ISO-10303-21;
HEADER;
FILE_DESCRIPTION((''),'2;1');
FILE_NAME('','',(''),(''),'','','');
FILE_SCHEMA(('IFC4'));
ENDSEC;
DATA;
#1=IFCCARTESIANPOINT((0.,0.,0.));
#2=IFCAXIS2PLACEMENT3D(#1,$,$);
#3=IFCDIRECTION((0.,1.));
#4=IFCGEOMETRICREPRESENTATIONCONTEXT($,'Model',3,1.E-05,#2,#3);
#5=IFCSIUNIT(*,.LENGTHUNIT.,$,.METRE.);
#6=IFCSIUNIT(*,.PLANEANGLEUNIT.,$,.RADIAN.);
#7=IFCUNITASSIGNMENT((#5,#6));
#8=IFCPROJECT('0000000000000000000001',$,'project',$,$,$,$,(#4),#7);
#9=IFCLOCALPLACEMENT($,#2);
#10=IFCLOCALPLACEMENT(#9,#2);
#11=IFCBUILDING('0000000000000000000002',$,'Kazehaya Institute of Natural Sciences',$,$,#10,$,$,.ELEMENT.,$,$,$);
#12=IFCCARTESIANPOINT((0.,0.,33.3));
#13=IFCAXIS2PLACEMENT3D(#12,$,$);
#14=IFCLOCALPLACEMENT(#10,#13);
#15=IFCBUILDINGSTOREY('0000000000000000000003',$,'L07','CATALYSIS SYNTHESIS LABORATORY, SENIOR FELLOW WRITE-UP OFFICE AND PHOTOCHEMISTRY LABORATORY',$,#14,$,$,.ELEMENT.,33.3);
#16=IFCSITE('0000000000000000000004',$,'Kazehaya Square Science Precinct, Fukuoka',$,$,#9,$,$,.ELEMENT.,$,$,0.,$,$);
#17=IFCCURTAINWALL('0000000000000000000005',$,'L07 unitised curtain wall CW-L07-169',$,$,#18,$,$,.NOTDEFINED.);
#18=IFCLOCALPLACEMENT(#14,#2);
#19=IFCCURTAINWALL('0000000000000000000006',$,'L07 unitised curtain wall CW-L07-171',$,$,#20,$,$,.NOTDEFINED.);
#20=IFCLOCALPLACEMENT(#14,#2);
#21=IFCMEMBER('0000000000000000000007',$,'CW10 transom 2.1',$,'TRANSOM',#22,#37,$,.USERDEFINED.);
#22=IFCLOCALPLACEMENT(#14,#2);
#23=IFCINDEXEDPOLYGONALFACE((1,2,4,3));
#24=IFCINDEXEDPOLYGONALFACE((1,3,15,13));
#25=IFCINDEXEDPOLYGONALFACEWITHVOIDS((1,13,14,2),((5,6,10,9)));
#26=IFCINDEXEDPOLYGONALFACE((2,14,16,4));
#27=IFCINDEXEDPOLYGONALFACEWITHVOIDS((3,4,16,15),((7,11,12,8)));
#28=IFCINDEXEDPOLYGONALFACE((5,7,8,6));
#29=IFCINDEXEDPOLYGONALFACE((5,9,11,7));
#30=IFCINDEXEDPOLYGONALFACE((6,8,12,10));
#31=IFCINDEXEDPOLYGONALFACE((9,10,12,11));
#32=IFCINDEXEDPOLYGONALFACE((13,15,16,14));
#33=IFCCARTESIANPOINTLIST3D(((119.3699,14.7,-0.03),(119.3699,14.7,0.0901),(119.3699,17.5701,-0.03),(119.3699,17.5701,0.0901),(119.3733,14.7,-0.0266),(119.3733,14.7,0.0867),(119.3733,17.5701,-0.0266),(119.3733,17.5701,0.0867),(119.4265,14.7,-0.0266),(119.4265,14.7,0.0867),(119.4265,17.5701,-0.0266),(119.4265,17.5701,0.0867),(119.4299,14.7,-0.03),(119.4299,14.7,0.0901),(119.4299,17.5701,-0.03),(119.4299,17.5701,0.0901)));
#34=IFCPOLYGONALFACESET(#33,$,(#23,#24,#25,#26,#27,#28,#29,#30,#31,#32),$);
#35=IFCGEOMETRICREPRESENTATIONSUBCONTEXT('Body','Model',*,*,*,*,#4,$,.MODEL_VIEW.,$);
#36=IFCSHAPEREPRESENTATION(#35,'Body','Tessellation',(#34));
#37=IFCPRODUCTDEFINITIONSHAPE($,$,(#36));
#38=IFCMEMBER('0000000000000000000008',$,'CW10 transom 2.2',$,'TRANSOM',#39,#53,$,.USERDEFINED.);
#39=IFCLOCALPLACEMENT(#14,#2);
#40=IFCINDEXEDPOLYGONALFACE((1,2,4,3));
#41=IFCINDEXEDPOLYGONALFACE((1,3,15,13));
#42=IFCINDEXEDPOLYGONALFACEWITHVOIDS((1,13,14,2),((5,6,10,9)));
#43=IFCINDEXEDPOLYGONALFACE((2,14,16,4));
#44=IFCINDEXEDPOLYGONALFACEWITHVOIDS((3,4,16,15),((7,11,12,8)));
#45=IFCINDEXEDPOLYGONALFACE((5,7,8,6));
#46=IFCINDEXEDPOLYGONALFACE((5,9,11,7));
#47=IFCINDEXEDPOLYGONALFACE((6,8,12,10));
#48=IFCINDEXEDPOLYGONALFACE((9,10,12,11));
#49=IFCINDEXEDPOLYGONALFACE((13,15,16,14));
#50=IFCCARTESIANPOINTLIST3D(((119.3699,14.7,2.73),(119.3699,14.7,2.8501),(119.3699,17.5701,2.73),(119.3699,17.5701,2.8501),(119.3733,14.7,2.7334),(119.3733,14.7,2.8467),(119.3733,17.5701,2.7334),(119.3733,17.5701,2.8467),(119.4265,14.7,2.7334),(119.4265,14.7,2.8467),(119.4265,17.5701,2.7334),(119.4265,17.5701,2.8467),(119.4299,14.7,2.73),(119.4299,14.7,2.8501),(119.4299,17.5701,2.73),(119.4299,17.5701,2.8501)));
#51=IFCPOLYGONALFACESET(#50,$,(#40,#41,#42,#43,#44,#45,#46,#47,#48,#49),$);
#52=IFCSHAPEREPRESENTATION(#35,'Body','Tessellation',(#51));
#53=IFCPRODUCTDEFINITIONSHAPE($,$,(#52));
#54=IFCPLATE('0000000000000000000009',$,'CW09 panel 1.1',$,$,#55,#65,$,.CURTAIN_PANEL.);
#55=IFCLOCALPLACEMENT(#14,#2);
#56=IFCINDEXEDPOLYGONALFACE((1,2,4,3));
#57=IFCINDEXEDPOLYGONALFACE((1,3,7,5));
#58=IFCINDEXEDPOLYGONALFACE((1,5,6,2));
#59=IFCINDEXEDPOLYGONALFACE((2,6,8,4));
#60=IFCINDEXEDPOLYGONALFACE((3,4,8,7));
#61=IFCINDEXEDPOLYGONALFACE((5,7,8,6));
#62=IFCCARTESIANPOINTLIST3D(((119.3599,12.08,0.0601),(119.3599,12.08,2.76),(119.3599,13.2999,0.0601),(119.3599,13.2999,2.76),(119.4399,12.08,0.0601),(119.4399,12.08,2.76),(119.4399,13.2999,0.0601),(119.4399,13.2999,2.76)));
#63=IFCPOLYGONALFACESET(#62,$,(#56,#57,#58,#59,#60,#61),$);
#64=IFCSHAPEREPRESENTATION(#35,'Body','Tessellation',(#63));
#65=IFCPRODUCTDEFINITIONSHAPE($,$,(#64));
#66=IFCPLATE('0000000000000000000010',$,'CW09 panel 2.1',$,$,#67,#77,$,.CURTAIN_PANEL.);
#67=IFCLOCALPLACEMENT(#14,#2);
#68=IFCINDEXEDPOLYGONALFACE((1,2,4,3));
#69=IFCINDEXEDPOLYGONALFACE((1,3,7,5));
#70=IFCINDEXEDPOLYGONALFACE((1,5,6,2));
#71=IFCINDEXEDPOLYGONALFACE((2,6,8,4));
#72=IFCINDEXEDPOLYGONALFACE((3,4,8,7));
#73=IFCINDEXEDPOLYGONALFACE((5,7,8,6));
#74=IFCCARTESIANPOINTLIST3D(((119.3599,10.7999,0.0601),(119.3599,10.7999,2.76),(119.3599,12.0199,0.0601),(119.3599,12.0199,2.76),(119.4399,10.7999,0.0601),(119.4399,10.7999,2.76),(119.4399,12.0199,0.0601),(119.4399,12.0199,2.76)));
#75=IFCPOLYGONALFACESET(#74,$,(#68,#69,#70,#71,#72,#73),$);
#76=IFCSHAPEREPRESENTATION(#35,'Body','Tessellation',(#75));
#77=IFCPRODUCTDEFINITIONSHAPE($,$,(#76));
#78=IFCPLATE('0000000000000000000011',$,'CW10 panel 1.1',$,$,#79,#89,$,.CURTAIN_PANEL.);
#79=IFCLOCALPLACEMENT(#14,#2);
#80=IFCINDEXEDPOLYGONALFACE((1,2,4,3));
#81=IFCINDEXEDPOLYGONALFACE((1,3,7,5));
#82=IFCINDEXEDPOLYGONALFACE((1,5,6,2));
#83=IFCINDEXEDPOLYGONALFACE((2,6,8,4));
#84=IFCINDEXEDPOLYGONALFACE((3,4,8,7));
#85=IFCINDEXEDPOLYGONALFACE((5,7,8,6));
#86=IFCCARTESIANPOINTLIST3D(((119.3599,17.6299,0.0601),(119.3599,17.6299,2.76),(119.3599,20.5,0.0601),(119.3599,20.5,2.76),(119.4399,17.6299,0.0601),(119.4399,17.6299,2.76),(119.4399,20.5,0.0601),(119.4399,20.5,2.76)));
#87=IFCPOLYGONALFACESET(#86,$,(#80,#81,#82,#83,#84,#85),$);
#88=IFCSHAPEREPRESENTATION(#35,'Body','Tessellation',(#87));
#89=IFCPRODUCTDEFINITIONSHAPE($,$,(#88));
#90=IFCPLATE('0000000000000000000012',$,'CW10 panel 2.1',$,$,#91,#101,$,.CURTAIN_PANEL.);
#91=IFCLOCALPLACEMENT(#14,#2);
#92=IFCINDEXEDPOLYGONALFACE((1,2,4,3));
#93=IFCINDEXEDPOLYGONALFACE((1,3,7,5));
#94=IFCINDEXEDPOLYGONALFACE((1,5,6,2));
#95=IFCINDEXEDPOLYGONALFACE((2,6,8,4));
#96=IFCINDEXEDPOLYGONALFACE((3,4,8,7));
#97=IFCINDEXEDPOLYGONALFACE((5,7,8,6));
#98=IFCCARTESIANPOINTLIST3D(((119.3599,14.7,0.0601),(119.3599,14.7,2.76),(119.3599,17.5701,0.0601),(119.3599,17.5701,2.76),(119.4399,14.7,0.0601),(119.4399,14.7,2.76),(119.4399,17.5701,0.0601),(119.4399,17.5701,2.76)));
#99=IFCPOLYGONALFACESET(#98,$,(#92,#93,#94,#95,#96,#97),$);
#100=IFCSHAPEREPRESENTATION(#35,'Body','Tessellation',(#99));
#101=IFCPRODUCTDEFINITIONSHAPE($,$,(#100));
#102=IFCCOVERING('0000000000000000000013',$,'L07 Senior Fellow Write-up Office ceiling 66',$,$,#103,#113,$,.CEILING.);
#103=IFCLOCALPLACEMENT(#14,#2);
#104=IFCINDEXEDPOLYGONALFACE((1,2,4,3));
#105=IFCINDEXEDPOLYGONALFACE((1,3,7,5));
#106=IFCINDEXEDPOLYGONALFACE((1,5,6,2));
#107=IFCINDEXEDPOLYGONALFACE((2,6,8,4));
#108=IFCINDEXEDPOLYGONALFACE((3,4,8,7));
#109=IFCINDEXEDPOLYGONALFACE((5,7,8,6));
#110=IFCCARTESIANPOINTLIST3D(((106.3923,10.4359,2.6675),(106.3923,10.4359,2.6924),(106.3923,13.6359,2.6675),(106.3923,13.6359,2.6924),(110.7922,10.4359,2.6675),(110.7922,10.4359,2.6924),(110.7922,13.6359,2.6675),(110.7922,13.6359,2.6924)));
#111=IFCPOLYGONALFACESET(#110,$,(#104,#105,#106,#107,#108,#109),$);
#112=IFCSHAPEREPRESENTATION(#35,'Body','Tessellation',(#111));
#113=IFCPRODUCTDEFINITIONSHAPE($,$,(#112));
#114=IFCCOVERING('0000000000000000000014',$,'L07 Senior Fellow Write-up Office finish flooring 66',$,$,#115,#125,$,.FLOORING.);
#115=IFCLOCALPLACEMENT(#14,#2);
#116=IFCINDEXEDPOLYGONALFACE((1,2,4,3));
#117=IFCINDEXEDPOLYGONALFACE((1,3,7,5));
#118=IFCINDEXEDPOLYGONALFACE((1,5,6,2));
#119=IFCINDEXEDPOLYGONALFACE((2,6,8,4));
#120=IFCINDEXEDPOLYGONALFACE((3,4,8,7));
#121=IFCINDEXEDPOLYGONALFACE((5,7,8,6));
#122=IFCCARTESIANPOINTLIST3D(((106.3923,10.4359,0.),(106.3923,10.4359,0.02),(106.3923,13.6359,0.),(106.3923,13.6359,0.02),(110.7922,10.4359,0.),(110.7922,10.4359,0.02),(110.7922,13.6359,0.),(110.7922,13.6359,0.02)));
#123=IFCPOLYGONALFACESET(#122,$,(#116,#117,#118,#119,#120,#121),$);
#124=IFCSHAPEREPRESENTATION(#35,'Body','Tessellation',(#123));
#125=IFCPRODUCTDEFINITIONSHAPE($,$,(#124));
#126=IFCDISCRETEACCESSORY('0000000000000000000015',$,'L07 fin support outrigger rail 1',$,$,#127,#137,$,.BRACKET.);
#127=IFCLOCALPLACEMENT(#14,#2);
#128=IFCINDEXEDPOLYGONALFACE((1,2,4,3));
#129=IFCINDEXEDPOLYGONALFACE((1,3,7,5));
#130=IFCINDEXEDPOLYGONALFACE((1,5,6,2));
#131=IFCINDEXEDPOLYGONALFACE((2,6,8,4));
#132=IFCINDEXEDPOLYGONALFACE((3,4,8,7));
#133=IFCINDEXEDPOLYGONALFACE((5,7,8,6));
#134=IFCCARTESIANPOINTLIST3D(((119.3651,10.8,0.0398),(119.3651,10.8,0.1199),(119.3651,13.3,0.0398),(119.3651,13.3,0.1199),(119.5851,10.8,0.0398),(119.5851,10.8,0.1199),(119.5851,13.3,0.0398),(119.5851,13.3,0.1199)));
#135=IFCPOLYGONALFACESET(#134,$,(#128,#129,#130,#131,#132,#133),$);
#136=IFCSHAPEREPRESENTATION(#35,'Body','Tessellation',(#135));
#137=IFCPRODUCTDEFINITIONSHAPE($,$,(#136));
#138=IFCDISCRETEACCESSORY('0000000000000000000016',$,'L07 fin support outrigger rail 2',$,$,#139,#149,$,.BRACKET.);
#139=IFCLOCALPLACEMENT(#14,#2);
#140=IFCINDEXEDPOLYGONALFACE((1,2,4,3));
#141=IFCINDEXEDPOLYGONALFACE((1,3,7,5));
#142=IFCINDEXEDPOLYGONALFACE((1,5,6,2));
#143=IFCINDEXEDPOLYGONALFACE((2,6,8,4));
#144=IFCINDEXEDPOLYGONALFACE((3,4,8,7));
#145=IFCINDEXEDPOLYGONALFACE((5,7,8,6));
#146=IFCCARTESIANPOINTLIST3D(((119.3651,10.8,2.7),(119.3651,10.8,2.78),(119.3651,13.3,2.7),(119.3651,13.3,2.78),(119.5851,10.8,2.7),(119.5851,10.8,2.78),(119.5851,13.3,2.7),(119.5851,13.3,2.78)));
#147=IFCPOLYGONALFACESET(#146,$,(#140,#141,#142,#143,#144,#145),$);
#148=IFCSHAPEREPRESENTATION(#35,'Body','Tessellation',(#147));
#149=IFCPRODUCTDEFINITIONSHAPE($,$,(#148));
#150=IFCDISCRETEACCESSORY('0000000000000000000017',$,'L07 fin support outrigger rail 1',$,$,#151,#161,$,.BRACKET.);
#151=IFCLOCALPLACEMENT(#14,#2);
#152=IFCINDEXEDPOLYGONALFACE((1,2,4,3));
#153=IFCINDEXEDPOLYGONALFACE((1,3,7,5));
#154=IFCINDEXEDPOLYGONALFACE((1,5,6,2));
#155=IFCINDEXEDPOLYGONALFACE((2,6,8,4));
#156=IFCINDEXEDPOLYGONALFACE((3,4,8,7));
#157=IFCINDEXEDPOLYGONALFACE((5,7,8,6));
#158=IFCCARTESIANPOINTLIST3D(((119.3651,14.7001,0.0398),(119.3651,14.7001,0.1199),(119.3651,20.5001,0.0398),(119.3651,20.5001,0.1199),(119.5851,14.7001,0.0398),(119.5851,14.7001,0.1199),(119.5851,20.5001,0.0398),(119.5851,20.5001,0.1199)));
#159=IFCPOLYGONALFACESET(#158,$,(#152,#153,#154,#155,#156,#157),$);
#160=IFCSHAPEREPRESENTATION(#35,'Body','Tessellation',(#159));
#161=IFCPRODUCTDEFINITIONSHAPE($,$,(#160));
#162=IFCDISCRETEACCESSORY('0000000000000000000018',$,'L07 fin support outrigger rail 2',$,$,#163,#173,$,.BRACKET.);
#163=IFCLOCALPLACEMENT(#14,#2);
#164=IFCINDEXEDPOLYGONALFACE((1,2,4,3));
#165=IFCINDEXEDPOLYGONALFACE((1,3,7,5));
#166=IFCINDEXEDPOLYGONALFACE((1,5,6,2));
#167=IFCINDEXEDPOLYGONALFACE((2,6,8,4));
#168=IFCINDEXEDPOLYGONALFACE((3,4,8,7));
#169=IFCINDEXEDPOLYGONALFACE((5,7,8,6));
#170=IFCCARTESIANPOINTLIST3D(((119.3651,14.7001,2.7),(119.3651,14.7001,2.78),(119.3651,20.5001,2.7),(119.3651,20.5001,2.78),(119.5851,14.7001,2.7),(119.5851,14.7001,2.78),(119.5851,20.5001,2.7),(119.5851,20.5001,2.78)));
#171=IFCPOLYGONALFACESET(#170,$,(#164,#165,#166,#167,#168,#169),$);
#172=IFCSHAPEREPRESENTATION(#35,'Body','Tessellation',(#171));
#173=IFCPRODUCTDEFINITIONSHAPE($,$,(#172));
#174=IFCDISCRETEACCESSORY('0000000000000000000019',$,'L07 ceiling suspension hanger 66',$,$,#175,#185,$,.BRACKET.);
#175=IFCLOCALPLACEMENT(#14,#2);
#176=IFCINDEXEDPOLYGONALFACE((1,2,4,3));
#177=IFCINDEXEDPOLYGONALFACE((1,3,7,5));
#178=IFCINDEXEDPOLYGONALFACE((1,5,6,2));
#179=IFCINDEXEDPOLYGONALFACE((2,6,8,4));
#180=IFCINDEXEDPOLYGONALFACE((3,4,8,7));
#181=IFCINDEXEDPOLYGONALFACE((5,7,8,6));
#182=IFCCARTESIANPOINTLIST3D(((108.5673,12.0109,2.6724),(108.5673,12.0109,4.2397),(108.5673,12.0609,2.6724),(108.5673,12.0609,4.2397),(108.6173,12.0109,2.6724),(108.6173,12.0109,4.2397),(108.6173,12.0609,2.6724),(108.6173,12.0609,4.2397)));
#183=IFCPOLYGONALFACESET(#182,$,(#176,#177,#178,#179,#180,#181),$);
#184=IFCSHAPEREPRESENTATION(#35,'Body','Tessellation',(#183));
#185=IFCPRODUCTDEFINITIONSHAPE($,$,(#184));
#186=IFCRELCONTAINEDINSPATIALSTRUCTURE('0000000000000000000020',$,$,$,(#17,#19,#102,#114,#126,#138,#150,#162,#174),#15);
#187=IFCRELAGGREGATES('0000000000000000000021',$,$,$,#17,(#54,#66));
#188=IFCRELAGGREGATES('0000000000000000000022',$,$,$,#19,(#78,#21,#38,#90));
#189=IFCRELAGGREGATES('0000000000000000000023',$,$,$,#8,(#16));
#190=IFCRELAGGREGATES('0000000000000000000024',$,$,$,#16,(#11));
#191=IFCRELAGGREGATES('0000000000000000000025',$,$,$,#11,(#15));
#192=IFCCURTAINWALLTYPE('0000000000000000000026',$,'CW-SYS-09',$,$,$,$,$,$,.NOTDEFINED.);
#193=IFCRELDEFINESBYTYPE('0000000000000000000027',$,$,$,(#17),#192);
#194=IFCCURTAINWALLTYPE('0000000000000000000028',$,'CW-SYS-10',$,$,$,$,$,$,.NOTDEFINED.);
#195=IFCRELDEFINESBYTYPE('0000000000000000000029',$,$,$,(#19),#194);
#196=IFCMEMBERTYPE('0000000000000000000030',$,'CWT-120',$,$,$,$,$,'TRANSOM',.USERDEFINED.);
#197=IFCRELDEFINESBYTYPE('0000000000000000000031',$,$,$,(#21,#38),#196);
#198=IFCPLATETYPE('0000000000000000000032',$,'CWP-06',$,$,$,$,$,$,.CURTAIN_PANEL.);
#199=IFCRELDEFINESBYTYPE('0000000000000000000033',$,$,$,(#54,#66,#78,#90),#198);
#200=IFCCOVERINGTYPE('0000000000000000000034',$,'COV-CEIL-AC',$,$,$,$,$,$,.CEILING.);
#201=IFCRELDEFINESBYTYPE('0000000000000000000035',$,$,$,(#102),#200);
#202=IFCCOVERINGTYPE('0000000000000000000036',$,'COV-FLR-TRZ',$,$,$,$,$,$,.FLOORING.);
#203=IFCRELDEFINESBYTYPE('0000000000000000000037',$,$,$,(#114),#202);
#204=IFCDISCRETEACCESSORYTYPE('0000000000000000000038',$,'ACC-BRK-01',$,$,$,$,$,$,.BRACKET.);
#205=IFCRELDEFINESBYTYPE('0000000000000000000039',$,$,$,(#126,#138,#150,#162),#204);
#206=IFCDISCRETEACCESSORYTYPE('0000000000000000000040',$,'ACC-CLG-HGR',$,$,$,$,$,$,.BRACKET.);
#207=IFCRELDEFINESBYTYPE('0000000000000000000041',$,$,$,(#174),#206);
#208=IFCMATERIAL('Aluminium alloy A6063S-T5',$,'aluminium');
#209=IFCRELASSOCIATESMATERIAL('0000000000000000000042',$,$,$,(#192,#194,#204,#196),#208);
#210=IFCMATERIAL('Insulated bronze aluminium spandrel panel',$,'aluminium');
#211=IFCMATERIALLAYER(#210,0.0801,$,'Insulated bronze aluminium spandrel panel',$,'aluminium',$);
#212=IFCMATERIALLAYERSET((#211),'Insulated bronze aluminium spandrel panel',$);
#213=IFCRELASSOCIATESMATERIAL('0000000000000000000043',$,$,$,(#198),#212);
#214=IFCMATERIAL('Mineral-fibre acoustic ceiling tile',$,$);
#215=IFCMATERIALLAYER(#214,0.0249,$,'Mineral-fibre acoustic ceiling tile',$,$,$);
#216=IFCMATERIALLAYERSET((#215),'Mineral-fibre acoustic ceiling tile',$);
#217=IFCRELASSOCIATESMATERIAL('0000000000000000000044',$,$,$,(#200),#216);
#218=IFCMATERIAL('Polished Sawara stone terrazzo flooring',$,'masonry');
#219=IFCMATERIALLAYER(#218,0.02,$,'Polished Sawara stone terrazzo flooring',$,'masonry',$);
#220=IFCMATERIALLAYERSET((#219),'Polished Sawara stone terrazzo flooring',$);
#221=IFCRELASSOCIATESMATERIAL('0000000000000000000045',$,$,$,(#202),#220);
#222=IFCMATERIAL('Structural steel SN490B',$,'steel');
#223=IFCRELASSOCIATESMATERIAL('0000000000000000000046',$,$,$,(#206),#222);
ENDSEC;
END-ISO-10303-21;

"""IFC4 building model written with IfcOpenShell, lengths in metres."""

from ifc_helpers import new_model, si_unit, direction, frame, origin, origin_2d, place, context, subcontext, project, spatial, rectangle, hollow_rectangle, extrude, material, layer, layer_set, material_profile, profile_set, type_object, element, aggregate, save


model = new_model("IFC4")

# Units and contexts
model_context = context("Model", 3, precision=1e-05, world=origin(), true_north=direction((0.0, 1.0)))
body_context = subcontext(model_context, "Body", "Model", "MODEL_VIEW")
ifc_project = project(units=[si_unit("LENGTHUNIT", "METRE"), si_unit("PLANEANGLEUNIT", "RADIAN")], contexts=[model_context])

# Site, building, storey
site_placement = place(None, origin())
site = spatial("IfcSite", under=ifc_project, at=site_placement, Name="Kazehaya Square Science Precinct, Fukuoka", CompositionType="ELEMENT", RefElevation=0.0)
building_placement = place(site_placement, origin())
building = spatial("IfcBuilding", under=site, at=building_placement, Name="Kazehaya Institute of Natural Sciences", CompositionType="ELEMENT")
storey_placement = place(building_placement, frame((0.0, 0.0, 33.3)))
storey = spatial("IfcBuildingStorey", under=building, at=storey_placement, Name="L07", Description="CATALYSIS SYNTHESIS LABORATORY, SENIOR FELLOW WRITE-UP OFFICE AND PHOTOCHEMISTRY LABORATORY", CompositionType="ELEMENT", Elevation=33.3)

# Curtain walls
ifc_material_1 = material(Name="Aluminium alloy A6063S-T5", Category="aluminium")
curtain_wall_type_1 = type_object("IfcCurtainWallType", Name="CW-SYS-09", PredefinedType="NOTDEFINED", material=ifc_material_1)
curtain_wall_1_placement = place(storey_placement, origin())
curtain_wall_1 = element("IfcCurtainWall", 1, at=curtain_wall_1_placement, inside=storey, type_object=curtain_wall_type_1, Name="L07 unitised curtain wall CW-L07-169", PredefinedType="NOTDEFINED")
curtain_wall_type_2 = type_object("IfcCurtainWallType", Name="CW-SYS-10", PredefinedType="NOTDEFINED", material=ifc_material_1)
curtain_wall_2_placement = place(storey_placement, origin())
curtain_wall_2 = element("IfcCurtainWall", 2, at=curtain_wall_2_placement, inside=storey, type_object=curtain_wall_type_2, Name="L07 unitised curtain wall CW-L07-171", PredefinedType="NOTDEFINED")

# Members
ifc_material_profile_1 = material_profile(ifc_material_1, hollow_rectangle(XDim=0.0601, YDim=0.1201, WallThickness=0.0034, at=origin_2d()), Name="ALU-60x120x3.5")
ifc_profile_set_1 = profile_set([ifc_material_profile_1], Name="Aluminium alloy A6063S-T5")
member_type_1 = type_object("IfcMemberType", Name="CWT-120", ElementType="TRANSOM", PredefinedType="USERDEFINED", material=ifc_profile_set_1)
member_1_placement = place(storey_placement, frame((119.3999, 17.5701, 0.03), z_axis=(0.0, -1.0, 0.0), x_axis=(1.0, 0.0, 0.0)))
member_1 = element("IfcMember", 3, at=member_1_placement, type_object=member_type_1, Name="CW10 transom 2.1", ObjectType="TRANSOM", PredefinedType="USERDEFINED", context=body_context, shape_type="SweptSolid", body=[
    extrude(hollow_rectangle(XDim=0.0601, YDim=0.1201, WallThickness=0.0034, at=origin_2d()), origin(), (0.0, 0.0, 1.0), 2.8701),
])
member_2_placement = place(storey_placement, frame((119.3999, 17.5701, 2.79), z_axis=(0.0, -1.0, 0.0), x_axis=(1.0, 0.0, 0.0)))
member_2 = element("IfcMember", 4, at=member_2_placement, type_object=member_type_1, Name="CW10 transom 2.2", ObjectType="TRANSOM", PredefinedType="USERDEFINED", context=body_context, shape_type="SweptSolid", body=[
    extrude(hollow_rectangle(XDim=0.0601, YDim=0.1201, WallThickness=0.0034, at=origin_2d()), origin(), (0.0, 0.0, 1.0), 2.8701),
])

# Plates
ifc_material_2 = material(Name="Insulated bronze aluminium spandrel panel", Category="aluminium")
ifc_layer_1 = layer(ifc_material_2, 0.0801, Name="Insulated bronze aluminium spandrel panel", Category="aluminium")
ifc_layer_set_1 = layer_set([ifc_layer_1], Name="Insulated bronze aluminium spandrel panel")
plate_type = type_object("IfcPlateType", Name="CWP-06", PredefinedType="CURTAIN_PANEL", material=ifc_layer_set_1)
plate_1_placement = place(storey_placement, frame((119.3999, 12.6899, 0.0601), z_axis=(0.0, 0.0, 1.0), x_axis=(0.0, -1.0, 0.0)))
plate_1 = element("IfcPlate", 5, at=plate_1_placement, type_object=plate_type, Name="CW09 panel 1.1", PredefinedType="CURTAIN_PANEL", context=body_context, shape_type="SweptSolid", body=[
    extrude(rectangle(XDim=1.22, YDim=0.0801, at=origin_2d()), origin(), (0.0, 0.0, 1.0), 2.7),
])
plate_2_placement = place(storey_placement, frame((119.3999, 11.4099, 0.0601), z_axis=(0.0, 0.0, 1.0), x_axis=(0.0, -1.0, 0.0)))
plate_2 = element("IfcPlate", 6, at=plate_2_placement, type_object=plate_type, Name="CW09 panel 2.1", PredefinedType="CURTAIN_PANEL", context=body_context, shape_type="SweptSolid", body=[
    extrude(rectangle(XDim=1.22, YDim=0.0801, at=origin_2d()), origin(), (0.0, 0.0, 1.0), 2.7),
])
aggregate(curtain_wall_1, [plate_1, plate_2])
plate_3_placement = place(storey_placement, frame((119.3999, 19.0649, 0.0601), z_axis=(0.0, 0.0, 1.0), x_axis=(0.0, -1.0, 0.0)))
plate_3 = element("IfcPlate", 7, at=plate_3_placement, type_object=plate_type, Name="CW10 panel 1.1", PredefinedType="CURTAIN_PANEL", context=body_context, shape_type="SweptSolid", body=[
    extrude(rectangle(XDim=2.8701, YDim=0.0801, at=origin_2d()), origin(), (0.0, 0.0, 1.0), 2.7),
])
plate_4_placement = place(storey_placement, frame((119.3999, 16.135, 0.0601), z_axis=(0.0, 0.0, 1.0), x_axis=(0.0, -1.0, 0.0)))
plate_4 = element("IfcPlate", 8, at=plate_4_placement, type_object=plate_type, Name="CW10 panel 2.1", PredefinedType="CURTAIN_PANEL", context=body_context, shape_type="SweptSolid", body=[
    extrude(rectangle(XDim=2.8701, YDim=0.0801, at=origin_2d()), origin(), (0.0, 0.0, 1.0), 2.7),
])
aggregate(curtain_wall_2, [plate_3, member_1, member_2, plate_4])

# Coverings
ifc_material_3 = material(Name="Mineral-fibre acoustic ceiling tile")
ifc_layer_2 = layer(ifc_material_3, 0.0249, Name="Mineral-fibre acoustic ceiling tile")
ifc_layer_set_2 = layer_set([ifc_layer_2], Name="Mineral-fibre acoustic ceiling tile")
covering_type_1 = type_object("IfcCoveringType", Name="COV-CEIL-AC", PredefinedType="CEILING", material=ifc_layer_set_2)
covering_1_placement = place(storey_placement, frame((108.5923, 12.0359, 2.6675), z_axis=(0.0, 0.0, 1.0), x_axis=(1.0, 0.0, 0.0)))
element("IfcCovering", 9, at=covering_1_placement, inside=storey, type_object=covering_type_1, Name="L07 Senior Fellow Write-up Office ceiling 66", PredefinedType="CEILING", context=body_context, shape_type="SweptSolid", body=[
    extrude(rectangle(XDim=4.3999, YDim=3.2, at=origin_2d()), origin(), (0.0, 0.0, 1.0), 0.0249),
])
ifc_material_4 = material(Name="Polished Sawara stone terrazzo flooring", Category="masonry")
ifc_layer_3 = layer(ifc_material_4, 0.02, Name="Polished Sawara stone terrazzo flooring", Category="masonry")
ifc_layer_set_3 = layer_set([ifc_layer_3], Name="Polished Sawara stone terrazzo flooring")
covering_type_2 = type_object("IfcCoveringType", Name="COV-FLR-TRZ", PredefinedType="FLOORING", material=ifc_layer_set_3)
covering_2_placement = place(storey_placement, frame((108.5923, 12.0359, 0.0), z_axis=(0.0, 0.0, 1.0), x_axis=(1.0, 0.0, 0.0)))
element("IfcCovering", 10, at=covering_2_placement, inside=storey, type_object=covering_type_2, Name="L07 Senior Fellow Write-up Office finish flooring 66", PredefinedType="FLOORING", context=body_context, shape_type="SweptSolid", body=[
    extrude(rectangle(XDim=4.3999, YDim=3.2, at=origin_2d()), origin(), (0.0, 0.0, 1.0), 0.02),
])

# Discrete accessories
discrete_accessory_type_1 = type_object("IfcDiscreteAccessoryType", Name="ACC-BRK-01", PredefinedType="BRACKET", material=ifc_material_1)
for number, where, z_axis, x_axis, name in (
    (11, (119.4751, 12.05, 0.0398), (0.0, 0.0, 1.0), (0.0, -1.0, 0.0), "L07 fin support outrigger rail 1"),
    (12, (119.4751, 12.05, 2.7), (0.0, 0.0, 1.0), (0.0, -1.0, 0.0), "L07 fin support outrigger rail 2"),
):
    element("IfcDiscreteAccessory", number, at=place(storey_placement, frame(where, z_axis=z_axis, x_axis=x_axis)), inside=storey, type_object=discrete_accessory_type_1, Name=name, PredefinedType="BRACKET", context=body_context, shape_type="SweptSolid", body=[
        extrude(rectangle(XDim=2.5, YDim=0.22, at=origin_2d()), origin(), (0.0, 0.0, 1.0), 0.0801),
    ])
for number, where, z_axis, x_axis, name in (
    (13, (119.4751, 17.6001, 0.0398), (0.0, 0.0, 1.0), (0.0, -1.0, 0.0), "L07 fin support outrigger rail 1"),
    (14, (119.4751, 17.6001, 2.7), (0.0, 0.0, 1.0), (0.0, -1.0, 0.0), "L07 fin support outrigger rail 2"),
):
    element("IfcDiscreteAccessory", number, at=place(storey_placement, frame(where, z_axis=z_axis, x_axis=x_axis)), inside=storey, type_object=discrete_accessory_type_1, Name=name, PredefinedType="BRACKET", context=body_context, shape_type="SweptSolid", body=[
        extrude(rectangle(XDim=5.8, YDim=0.22, at=origin_2d()), origin(), (0.0, 0.0, 1.0), 0.0801),
    ])
ifc_material_5 = material(Name="Structural steel SN490B", Category="steel")
discrete_accessory_type_2 = type_object("IfcDiscreteAccessoryType", Name="ACC-CLG-HGR", PredefinedType="BRACKET", material=ifc_material_5)
discrete_accessory_placement = place(storey_placement, frame((108.5923, 12.0359, 2.6724), z_axis=(0.0, 0.0, 1.0), x_axis=(1.0, 0.0, 0.0)))
element("IfcDiscreteAccessory", 15, at=discrete_accessory_placement, inside=storey, type_object=discrete_accessory_type_2, Name="L07 ceiling suspension hanger 66", PredefinedType="BRACKET", context=body_context, shape_type="SweptSolid", body=[
    extrude(rectangle(XDim=0.05, YDim=0.05, at=origin_2d()), origin(), (0.0, 0.0, 1.0), 1.5674),
])

save(model, "model.ifc")
